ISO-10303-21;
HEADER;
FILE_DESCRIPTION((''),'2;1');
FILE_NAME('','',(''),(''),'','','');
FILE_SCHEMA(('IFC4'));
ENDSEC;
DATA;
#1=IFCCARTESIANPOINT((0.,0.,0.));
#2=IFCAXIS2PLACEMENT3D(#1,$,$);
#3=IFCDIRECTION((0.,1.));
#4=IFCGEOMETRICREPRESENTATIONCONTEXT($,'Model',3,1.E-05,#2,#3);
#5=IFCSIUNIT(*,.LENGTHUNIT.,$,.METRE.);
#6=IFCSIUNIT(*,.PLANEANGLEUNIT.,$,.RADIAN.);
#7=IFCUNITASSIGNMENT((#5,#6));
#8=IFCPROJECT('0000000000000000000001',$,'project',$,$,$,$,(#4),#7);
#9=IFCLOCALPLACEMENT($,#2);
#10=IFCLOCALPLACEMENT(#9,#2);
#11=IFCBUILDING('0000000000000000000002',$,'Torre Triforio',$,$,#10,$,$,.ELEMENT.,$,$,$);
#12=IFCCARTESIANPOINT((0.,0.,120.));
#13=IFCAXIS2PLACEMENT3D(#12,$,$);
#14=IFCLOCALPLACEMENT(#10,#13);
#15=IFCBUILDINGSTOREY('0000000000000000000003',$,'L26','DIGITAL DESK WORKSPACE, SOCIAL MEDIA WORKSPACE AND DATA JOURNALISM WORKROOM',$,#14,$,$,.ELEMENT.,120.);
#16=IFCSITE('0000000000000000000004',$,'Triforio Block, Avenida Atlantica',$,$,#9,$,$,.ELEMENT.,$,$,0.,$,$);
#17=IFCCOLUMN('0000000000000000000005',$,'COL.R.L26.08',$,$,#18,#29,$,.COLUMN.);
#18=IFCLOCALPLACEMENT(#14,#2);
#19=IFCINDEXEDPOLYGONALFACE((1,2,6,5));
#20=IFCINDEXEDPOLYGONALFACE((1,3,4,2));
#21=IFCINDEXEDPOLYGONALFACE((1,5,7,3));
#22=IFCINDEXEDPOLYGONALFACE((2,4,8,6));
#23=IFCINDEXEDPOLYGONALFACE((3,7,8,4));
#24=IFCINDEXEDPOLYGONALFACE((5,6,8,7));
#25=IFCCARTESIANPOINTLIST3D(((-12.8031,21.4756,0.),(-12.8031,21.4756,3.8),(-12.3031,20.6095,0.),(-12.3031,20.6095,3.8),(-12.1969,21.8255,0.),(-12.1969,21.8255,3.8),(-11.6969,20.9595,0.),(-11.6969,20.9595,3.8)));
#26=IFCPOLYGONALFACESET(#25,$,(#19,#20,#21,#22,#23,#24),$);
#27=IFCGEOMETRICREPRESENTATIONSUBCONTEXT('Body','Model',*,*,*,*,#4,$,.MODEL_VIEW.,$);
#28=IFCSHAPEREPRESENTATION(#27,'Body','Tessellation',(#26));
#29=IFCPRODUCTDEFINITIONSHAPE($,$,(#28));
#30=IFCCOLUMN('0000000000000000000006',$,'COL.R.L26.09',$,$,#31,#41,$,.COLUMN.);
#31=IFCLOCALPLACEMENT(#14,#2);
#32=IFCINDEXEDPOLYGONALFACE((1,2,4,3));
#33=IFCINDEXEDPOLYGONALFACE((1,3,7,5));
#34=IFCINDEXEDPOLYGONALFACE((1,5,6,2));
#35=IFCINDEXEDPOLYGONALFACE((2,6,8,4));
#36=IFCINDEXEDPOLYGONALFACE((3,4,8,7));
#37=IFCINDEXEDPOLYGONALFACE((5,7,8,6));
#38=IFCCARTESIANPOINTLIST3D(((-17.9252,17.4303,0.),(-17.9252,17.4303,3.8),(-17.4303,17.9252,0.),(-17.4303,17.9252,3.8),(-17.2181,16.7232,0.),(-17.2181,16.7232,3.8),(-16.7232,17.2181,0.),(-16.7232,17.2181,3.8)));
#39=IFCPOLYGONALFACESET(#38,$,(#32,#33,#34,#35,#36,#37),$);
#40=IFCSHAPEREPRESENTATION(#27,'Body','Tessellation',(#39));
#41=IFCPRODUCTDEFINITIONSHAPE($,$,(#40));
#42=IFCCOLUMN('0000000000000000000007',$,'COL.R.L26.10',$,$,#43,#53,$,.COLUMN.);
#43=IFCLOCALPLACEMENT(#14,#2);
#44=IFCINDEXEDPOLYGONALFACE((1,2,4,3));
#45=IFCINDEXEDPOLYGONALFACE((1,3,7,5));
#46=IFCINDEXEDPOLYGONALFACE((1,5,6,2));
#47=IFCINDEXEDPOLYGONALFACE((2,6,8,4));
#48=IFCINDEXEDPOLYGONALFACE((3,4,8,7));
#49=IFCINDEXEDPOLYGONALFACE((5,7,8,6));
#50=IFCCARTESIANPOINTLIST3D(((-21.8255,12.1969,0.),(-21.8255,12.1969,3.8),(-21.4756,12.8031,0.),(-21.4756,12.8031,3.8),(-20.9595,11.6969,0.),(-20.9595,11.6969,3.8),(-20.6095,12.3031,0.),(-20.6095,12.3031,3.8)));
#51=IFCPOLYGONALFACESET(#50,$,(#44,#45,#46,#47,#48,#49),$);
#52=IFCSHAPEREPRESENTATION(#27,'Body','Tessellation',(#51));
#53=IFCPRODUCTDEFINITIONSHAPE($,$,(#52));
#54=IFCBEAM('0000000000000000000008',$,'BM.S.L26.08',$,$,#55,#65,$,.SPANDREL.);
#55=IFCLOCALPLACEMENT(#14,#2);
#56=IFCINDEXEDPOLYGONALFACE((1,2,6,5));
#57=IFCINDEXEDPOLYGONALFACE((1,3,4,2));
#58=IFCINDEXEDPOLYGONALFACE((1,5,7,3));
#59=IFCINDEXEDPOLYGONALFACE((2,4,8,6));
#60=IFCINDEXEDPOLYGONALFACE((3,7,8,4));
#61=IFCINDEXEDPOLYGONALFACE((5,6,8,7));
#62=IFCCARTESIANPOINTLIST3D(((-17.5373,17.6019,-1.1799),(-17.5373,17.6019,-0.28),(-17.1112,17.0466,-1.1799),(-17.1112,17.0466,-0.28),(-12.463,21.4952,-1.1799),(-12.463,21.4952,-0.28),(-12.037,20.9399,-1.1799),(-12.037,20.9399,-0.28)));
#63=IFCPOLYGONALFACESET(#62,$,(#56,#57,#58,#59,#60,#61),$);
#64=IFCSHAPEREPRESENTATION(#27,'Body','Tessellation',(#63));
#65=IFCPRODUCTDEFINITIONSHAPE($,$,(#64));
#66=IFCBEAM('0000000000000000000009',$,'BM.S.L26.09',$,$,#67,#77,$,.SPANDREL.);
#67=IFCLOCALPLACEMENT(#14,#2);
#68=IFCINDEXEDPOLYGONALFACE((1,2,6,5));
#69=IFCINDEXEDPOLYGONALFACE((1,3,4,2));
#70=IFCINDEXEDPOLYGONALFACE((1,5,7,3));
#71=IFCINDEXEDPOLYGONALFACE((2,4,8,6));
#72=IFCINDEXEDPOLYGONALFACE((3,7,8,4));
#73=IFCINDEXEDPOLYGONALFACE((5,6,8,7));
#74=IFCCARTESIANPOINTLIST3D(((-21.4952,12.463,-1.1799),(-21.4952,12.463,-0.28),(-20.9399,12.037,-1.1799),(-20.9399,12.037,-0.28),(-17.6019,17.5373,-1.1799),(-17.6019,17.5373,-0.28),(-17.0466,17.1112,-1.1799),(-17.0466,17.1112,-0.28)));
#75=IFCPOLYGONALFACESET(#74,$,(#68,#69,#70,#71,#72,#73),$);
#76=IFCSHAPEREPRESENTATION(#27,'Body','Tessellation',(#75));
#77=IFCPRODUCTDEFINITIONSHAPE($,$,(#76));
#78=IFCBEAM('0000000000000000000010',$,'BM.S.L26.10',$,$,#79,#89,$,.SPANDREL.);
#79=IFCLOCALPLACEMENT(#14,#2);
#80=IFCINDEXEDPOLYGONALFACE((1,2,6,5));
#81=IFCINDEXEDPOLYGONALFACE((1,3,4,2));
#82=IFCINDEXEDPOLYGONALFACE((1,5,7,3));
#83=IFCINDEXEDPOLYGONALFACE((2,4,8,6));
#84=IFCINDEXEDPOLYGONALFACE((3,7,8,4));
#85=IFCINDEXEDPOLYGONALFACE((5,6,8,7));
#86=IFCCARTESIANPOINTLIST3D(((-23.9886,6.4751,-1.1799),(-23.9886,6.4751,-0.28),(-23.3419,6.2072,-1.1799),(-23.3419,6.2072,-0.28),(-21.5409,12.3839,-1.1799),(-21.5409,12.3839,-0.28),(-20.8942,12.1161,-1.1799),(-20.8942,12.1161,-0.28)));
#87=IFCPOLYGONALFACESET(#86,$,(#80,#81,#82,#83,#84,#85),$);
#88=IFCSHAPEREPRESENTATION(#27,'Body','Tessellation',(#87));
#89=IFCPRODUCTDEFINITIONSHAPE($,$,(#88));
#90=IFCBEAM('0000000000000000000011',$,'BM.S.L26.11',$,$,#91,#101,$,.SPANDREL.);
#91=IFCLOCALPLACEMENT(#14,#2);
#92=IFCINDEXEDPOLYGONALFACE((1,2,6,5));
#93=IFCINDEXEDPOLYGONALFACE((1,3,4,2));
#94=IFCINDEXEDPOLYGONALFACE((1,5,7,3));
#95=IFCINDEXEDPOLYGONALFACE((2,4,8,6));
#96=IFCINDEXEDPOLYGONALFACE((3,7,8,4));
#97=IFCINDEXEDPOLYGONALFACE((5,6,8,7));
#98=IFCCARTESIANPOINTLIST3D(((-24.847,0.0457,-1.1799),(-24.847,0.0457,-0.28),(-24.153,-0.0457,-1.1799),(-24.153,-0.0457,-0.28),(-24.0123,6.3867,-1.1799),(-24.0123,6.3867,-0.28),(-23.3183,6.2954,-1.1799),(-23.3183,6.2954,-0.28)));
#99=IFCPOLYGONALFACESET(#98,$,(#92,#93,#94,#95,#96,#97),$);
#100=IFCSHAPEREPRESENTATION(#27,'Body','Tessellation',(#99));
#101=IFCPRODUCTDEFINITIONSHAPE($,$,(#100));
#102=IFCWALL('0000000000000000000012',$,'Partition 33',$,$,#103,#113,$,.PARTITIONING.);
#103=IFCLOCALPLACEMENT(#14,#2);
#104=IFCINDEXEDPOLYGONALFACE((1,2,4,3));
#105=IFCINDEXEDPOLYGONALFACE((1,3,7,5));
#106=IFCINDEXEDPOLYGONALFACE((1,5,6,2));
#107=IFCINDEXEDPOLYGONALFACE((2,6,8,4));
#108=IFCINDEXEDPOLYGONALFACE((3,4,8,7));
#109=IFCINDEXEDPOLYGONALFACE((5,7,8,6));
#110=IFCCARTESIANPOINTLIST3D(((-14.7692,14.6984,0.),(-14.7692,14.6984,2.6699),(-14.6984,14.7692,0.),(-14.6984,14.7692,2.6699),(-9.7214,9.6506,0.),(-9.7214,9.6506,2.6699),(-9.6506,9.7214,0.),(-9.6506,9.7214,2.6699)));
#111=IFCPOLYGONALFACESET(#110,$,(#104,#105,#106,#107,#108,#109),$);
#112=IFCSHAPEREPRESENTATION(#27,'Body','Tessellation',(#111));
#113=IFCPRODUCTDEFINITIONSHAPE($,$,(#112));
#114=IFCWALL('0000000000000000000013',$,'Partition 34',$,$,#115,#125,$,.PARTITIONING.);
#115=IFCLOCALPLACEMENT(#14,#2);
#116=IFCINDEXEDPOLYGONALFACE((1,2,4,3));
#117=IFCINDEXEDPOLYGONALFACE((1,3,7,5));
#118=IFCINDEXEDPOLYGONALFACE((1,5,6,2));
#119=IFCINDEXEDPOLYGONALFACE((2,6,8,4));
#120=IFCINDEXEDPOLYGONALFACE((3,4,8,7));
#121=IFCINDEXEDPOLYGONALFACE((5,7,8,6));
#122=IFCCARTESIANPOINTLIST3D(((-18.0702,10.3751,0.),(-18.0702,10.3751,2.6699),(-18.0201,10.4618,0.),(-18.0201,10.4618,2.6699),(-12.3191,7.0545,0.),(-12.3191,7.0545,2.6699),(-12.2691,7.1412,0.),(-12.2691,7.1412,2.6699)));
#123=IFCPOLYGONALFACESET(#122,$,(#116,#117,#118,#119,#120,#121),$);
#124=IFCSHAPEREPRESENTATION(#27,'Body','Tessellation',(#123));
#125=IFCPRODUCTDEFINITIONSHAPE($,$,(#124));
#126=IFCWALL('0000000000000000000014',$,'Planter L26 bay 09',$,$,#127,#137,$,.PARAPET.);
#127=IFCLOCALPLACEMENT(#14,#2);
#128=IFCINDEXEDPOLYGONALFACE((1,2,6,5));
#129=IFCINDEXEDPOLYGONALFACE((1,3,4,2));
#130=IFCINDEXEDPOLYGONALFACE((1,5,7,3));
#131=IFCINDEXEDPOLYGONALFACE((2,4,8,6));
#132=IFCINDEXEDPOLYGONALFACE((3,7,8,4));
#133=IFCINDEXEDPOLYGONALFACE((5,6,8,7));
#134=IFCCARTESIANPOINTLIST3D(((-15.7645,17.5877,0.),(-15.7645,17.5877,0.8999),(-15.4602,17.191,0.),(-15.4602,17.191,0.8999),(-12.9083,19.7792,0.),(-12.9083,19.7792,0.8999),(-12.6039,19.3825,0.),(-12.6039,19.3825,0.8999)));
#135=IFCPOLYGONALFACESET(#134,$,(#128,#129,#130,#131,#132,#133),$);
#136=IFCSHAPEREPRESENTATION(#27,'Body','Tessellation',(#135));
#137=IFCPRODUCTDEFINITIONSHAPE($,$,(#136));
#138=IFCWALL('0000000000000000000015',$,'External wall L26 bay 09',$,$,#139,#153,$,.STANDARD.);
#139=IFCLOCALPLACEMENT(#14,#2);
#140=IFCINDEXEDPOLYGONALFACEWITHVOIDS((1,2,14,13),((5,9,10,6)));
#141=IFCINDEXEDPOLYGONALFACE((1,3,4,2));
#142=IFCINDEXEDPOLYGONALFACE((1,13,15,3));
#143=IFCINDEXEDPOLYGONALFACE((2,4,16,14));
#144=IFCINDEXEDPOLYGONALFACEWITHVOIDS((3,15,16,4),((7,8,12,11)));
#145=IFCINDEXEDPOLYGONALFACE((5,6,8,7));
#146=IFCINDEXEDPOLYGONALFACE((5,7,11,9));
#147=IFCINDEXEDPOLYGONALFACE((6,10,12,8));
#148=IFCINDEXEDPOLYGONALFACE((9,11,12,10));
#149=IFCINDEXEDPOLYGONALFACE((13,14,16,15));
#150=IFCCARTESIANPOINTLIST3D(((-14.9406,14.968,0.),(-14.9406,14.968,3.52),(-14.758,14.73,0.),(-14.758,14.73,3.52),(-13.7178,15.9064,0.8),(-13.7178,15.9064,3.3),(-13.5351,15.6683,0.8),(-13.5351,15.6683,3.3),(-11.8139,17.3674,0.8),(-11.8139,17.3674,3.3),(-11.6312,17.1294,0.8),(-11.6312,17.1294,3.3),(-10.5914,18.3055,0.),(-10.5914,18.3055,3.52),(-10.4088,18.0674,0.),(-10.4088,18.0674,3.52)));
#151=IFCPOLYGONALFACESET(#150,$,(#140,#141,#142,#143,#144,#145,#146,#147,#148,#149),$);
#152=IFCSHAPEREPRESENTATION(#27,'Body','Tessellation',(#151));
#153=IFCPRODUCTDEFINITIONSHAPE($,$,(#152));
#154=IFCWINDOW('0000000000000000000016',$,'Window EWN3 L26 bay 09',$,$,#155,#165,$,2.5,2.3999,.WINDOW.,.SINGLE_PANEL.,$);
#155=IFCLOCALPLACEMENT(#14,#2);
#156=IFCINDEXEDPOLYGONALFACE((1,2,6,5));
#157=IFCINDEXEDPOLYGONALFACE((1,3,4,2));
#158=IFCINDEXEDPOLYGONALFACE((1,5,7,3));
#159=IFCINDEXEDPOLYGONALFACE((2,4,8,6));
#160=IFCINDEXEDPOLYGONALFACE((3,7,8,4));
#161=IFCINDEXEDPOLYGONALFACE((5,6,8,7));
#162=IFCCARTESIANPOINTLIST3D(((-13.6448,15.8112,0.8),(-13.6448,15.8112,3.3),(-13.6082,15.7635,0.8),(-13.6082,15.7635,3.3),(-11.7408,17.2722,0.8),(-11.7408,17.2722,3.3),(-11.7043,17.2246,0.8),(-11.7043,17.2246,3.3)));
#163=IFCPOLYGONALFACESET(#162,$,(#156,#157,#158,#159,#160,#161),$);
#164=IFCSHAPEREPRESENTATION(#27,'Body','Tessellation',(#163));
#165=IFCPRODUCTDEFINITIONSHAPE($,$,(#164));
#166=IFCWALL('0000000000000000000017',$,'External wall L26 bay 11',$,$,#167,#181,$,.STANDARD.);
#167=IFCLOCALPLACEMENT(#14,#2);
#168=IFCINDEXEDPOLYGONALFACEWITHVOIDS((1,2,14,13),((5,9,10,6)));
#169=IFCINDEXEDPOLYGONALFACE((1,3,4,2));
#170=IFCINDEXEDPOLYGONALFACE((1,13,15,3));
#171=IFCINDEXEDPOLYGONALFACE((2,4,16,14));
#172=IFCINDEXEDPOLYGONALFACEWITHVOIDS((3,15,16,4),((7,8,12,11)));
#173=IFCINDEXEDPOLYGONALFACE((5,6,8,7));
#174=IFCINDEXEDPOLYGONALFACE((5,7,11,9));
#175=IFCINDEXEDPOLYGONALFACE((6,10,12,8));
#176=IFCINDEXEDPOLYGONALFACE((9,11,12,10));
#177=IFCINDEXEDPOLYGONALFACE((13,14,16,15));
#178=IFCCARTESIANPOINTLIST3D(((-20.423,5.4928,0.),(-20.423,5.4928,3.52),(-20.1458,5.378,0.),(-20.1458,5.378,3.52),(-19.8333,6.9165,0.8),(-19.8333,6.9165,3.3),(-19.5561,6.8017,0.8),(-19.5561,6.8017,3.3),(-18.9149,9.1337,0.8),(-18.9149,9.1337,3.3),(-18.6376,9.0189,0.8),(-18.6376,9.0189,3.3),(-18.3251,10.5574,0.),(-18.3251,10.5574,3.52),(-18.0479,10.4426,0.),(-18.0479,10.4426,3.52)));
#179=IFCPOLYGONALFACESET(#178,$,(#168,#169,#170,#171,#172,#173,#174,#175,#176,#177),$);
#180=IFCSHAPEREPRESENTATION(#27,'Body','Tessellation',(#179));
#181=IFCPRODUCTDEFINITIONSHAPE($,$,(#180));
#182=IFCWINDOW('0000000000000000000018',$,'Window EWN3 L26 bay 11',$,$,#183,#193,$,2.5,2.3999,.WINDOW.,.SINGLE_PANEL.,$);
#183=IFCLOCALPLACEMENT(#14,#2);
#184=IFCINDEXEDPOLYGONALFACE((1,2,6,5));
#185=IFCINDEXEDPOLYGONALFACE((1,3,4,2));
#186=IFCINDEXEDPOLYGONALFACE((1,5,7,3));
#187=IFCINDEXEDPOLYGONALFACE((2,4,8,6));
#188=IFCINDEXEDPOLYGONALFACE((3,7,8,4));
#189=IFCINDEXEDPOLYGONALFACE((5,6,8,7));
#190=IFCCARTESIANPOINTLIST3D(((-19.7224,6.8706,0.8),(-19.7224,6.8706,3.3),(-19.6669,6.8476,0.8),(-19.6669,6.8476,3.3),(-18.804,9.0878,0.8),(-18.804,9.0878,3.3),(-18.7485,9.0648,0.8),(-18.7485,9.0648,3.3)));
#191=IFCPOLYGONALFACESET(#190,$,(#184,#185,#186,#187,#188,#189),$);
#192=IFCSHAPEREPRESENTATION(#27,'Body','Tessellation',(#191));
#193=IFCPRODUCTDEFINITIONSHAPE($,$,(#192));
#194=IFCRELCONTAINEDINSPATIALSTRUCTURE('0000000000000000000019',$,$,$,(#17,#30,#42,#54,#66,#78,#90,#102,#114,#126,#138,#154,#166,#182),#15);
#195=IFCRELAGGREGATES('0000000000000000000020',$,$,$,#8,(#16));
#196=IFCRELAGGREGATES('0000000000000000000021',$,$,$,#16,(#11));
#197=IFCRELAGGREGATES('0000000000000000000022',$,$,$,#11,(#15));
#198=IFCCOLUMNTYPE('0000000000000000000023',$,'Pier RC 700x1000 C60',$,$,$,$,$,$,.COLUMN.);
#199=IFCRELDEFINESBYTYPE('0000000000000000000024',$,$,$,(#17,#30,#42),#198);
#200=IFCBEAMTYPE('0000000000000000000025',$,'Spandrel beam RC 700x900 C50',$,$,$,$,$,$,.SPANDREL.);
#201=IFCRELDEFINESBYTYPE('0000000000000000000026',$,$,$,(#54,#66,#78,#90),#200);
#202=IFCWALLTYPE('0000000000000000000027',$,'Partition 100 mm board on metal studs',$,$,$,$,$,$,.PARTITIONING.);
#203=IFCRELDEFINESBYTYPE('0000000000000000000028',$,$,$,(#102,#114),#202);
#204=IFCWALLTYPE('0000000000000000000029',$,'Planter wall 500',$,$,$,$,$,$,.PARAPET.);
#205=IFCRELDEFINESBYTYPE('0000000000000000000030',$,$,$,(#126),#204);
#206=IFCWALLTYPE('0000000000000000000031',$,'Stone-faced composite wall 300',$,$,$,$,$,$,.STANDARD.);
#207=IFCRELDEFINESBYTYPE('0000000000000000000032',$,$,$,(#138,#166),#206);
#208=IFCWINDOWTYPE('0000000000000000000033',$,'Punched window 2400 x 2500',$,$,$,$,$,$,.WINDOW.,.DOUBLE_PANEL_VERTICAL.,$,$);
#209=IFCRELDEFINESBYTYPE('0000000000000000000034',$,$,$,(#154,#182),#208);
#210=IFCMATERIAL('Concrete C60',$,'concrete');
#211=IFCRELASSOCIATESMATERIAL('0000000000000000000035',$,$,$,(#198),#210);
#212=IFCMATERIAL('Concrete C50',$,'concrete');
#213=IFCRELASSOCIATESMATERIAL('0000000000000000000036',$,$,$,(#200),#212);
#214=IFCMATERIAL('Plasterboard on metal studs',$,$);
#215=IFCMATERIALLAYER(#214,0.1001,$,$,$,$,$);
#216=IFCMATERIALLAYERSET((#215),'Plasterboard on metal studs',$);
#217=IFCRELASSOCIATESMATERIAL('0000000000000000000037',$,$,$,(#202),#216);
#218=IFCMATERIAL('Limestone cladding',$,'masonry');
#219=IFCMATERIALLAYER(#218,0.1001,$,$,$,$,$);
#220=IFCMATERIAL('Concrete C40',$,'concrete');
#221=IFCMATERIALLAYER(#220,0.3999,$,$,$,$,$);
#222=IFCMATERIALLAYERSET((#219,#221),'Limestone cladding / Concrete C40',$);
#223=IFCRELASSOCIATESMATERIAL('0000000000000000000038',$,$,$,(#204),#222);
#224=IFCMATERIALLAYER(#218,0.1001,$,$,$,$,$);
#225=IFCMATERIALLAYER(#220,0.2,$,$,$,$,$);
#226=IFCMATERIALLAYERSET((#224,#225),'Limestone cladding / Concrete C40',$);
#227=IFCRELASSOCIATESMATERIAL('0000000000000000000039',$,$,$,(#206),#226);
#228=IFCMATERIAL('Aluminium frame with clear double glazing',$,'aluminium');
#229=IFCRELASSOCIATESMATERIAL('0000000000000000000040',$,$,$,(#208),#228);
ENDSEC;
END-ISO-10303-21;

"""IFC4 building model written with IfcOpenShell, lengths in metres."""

from ifc_helpers import new_model, si_unit, direction, frame, frame_2d, origin, origin_2d, place, context, subcontext, project, spatial, rectangle, extrude, material, layer, layer_set, material_profile, profile_set, type_object, element, fill, save


model = new_model("IFC4")

# Units and contexts
model_context = context("Model", 3, precision=1e-05, world=origin(), true_north=direction((0.0, 1.0)))
body_context = subcontext(model_context, "Body", "Model", "MODEL_VIEW")
ifc_project = project(units=[si_unit("LENGTHUNIT", "METRE"), si_unit("PLANEANGLEUNIT", "RADIAN")], contexts=[model_context])

# Site, building, storey
site_placement = place(None, origin())
site = spatial("IfcSite", under=ifc_project, at=site_placement, Name="Triforio Block, Avenida Atlantica", CompositionType="ELEMENT", RefElevation=0.0)
building_placement = place(site_placement, origin())
building = spatial("IfcBuilding", under=site, at=building_placement, Name="Torre Triforio", CompositionType="ELEMENT")
storey_placement = place(building_placement, frame((0.0, 0.0, 120.0)))
storey = spatial("IfcBuildingStorey", under=building, at=storey_placement, Name="L26", Description="DIGITAL DESK WORKSPACE, SOCIAL MEDIA WORKSPACE AND DATA JOURNALISM WORKROOM", CompositionType="ELEMENT", Elevation=120.0)

# Columns
ifc_material_1 = material(Name="Concrete C60", Category="concrete")
ifc_material_profile_1 = material_profile(ifc_material_1, rectangle(XDim=0.7, YDim=1.0, at=origin_2d()), Name="RC 700x1000")
ifc_profile_set_1 = profile_set([ifc_material_profile_1], Name="Concrete C60")
column_type = type_object("IfcColumnType", Name="Pier RC 700x1000 C60", PredefinedType="COLUMN", material=ifc_profile_set_1)
for number, where, z_axis, x_axis, name in (
    (1, (-12.25, 21.2175, 0.0), (0.0, 0.0, 1.0), (-0.866025, -0.5, 0.0), "COL.R.L26.08"),
    (2, (-17.3242, 17.3242, 0.0), (0.0, 0.0, 1.0), (-0.707107, -0.707107, 0.0), "COL.R.L26.09"),
    (3, (-21.2175, 12.25, 0.0), (0.0, 0.0, 1.0), (-0.5, -0.866025, 0.0), "COL.R.L26.10"),
):
    element("IfcColumn", number, at=place(storey_placement, frame(where, z_axis=z_axis, x_axis=x_axis)), inside=storey, type_object=column_type, Name=name, PredefinedType="COLUMN", context=body_context, shape_type="SweptSolid", body=[
        extrude(rectangle(XDim=0.7, YDim=1.0, at=origin_2d()), origin(), (0.0, 0.0, 1.0), 3.8),
    ])

# Beams
ifc_material_2 = material(Name="Concrete C50", Category="concrete")
ifc_material_profile_2 = material_profile(ifc_material_2, rectangle(XDim=0.7, YDim=0.8999, at=origin_2d()), Name="RC 700x900")
ifc_profile_set_2 = profile_set([ifc_material_profile_2], Name="Concrete C50")
beam_type = type_object("IfcBeamType", Name="Spandrel beam RC 700x900 C50", PredefinedType="SPANDREL", material=ifc_profile_set_2)
for number, where, z_axis, x_axis, name in (
    (4, (-12.25, 21.2175, -0.73), (-0.793374, -0.608734, 0.0), (0.608734, -0.793374, 0.0), "BM.S.L26.08"),
    (5, (-17.3242, 17.3242, -0.73), (-0.608734, -0.793374, 0.0), (0.793374, -0.608734, 0.0), "BM.S.L26.09"),
    (6, (-21.2175, 12.25, -0.73), (-0.382709, -0.923869, 0.0), (0.923869, -0.382709, 0.0), "BM.S.L26.10"),
    (7, (-23.6653, 6.3411, -0.73), (-0.130511, -0.991447, 0.0), (0.991447, -0.130511, 0.0), "BM.S.L26.11"),
):
    element("IfcBeam", number, at=place(storey_placement, frame(where, z_axis=z_axis, x_axis=x_axis)), inside=storey, type_object=beam_type, Name=name, PredefinedType="SPANDREL", context=body_context, shape_type="SweptSolid", body=[
        extrude(rectangle(XDim=0.7, YDim=0.8999, at=origin_2d()), origin(), (0.0, 0.0, 1.0), 6.3958),
    ])

# Walls
ifc_material_3 = material(Name="Plasterboard on metal studs")
ifc_layer_1 = layer(ifc_material_3, 0.1001)
ifc_layer_set_1 = layer_set([ifc_layer_1], Name="Plasterboard on metal studs")
wall_type_1 = type_object("IfcWallType", Name="Partition 100 mm board on metal studs", PredefinedType="PARTITIONING", material=ifc_layer_set_1)
wall_1_placement = place(storey_placement, frame((-9.686, 9.686, 0.0), z_axis=(0.0, 0.0, 1.0), x_axis=(-0.707107, 0.707107, 0.0)))
element("IfcWall", 8, at=wall_1_placement, inside=storey, type_object=wall_type_1, Name="Partition 33", PredefinedType="PARTITIONING", context=body_context, shape_type="SweptSolid", body=[
    extrude(rectangle(XDim=7.1387, YDim=0.1001, at=frame_2d((3.5693, 0.0))), origin(), (0.0, 0.0, 1.0), 2.6699),
])
wall_2_placement = place(storey_placement, frame((-12.2942, 7.0979, 0.0), z_axis=(0.0, 0.0, 1.0), x_axis=(-0.86601, 0.500026, 0.0)))
element("IfcWall", 9, at=wall_2_placement, inside=storey, type_object=wall_type_1, Name="Partition 34", PredefinedType="PARTITIONING", context=body_context, shape_type="SweptSolid", body=[
    extrude(rectangle(XDim=6.6409, YDim=0.1001, at=frame_2d((3.3203, 0.0))), origin(), (0.0, 0.0, 1.0), 2.6699),
])
ifc_material_4 = material(Name="Limestone cladding", Category="masonry")
ifc_layer_2 = layer(ifc_material_4, 0.1001)
ifc_material_5 = material(Name="Concrete C40", Category="concrete")
ifc_layer_3 = layer(ifc_material_5, 0.3999)
ifc_layer_set_2 = layer_set([ifc_layer_2, ifc_layer_3], Name="Limestone cladding / Concrete C40")
wall_type_2 = type_object("IfcWallType", Name="Planter wall 500", PredefinedType="PARAPET", material=ifc_layer_set_2)
wall_3_placement = place(storey_placement, frame((-12.7561, 19.5808, 0.0), z_axis=(0.0, 0.0, 1.0), x_axis=(-0.793385, -0.608721, 0.0)))
element("IfcWall", 10, at=wall_3_placement, inside=storey, type_object=wall_type_2, Name="Planter L26 bay 09", PredefinedType="PARAPET", context=body_context, shape_type="SweptSolid", body=[
    extrude(rectangle(XDim=3.6001, YDim=0.5, at=frame_2d((1.8, 0.0))), origin(), (0.0, 0.0, 1.0), 0.8999),
])

# Wall, opening, window
ifc_layer_4 = layer(ifc_material_4, 0.1001)
ifc_layer_5 = layer(ifc_material_5, 0.2)
ifc_layer_set_3 = layer_set([ifc_layer_4, ifc_layer_5], Name="Limestone cladding / Concrete C40")
wall_type_3 = type_object("IfcWallType", Name="Stone-faced composite wall 300", PredefinedType="STANDARD", material=ifc_layer_set_3)
wall_4_placement = place(storey_placement, frame((-10.5, 18.1865, 0.0), z_axis=(0.0, 0.0, 1.0), x_axis=(-0.793335, -0.608785, 0.0)))
wall_4 = element("IfcWall", 11, at=wall_4_placement, inside=storey, type_object=wall_type_3, Name="External wall L26 bay 09", PredefinedType="STANDARD", context=body_context, shape_type="SweptSolid", body=[
    extrude(rectangle(XDim=5.4822, YDim=0.3, at=frame_2d((2.7412, 0.0))), origin(), (0.0, 0.0, 1.0), 3.52),
])
opening_1_placement = place(wall_4_placement, frame((1.541, 0.0, 0.8)))
opening_1 = element("IfcOpeningElement", 12, at=opening_1_placement, cuts=wall_4, PredefinedType="OPENING", context=body_context, shape_type="SweptSolid", body=[
    extrude(rectangle(XDim=2.3999, YDim=2.5, at=frame_2d((1.2, 1.25))), frame((0.0, 0.1599, 0.0), z_axis=(0.0, -1.0, 0.0), x_axis=(1.0, 0.0, 0.0)), (0.0, 0.0, 1.0), 0.3201),
])
ifc_material_6 = material(Name="Aluminium frame with clear double glazing", Category="aluminium")
window_type_1 = type_object("IfcWindowType", Name="Punched window 2400 x 2500", PartitioningType="DOUBLE_PANEL_VERTICAL", PredefinedType="WINDOW", material=ifc_material_6)
window_1_placement = place(opening_1_placement, origin())
window_1 = element("IfcWindow", 13, at=window_1_placement, inside=storey, type_object=window_type_1, Name="Window EWN3 L26 bay 09", OverallHeight=2.5, OverallWidth=2.3999, PartitioningType="SINGLE_PANEL", PredefinedType="WINDOW", context=body_context, shape_type="SweptSolid", body=[
    extrude(rectangle(XDim=2.3999, YDim=2.5, at=frame_2d((1.2, 1.25))), frame((0.0, 0.03, 0.0), z_axis=(0.0, -1.0, 0.0), x_axis=(1.0, 0.0, 0.0)), (0.0, 0.0, 1.0), 0.0601),
])
fill(opening_1, window_1)

# Wall, opening, window
wall_5_placement = place(storey_placement, frame((-18.1865, 10.5, 0.0), z_axis=(0.0, 0.0, 1.0), x_axis=(-0.382689, -0.923877, 0.0)))
wall_5 = element("IfcWall", 14, at=wall_5_placement, inside=storey, type_object=wall_type_3, Name="External wall L26 bay 11", PredefinedType="STANDARD", context=body_context, shape_type="SweptSolid", body=[
    extrude(rectangle(XDim=5.4819, YDim=0.3, at=frame_2d((2.741, 0.0))), origin(), (0.0, 0.0, 1.0), 3.52),
])
opening_2_placement = place(wall_5_placement, frame((1.541, 0.0, 0.8)))
opening_2 = element("IfcOpeningElement", 15, at=opening_2_placement, cuts=wall_5, PredefinedType="OPENING", context=body_context, shape_type="SweptSolid", body=[
    extrude(rectangle(XDim=2.3999, YDim=2.5, at=frame_2d((1.2, 1.25))), frame((0.0, 0.1599, 0.0), z_axis=(0.0, -1.0, 0.0), x_axis=(1.0, 0.0, 0.0)), (0.0, 0.0, 1.0), 0.3201),
])
window_2_placement = place(opening_2_placement, origin())
window_2 = element("IfcWindow", 16, at=window_2_placement, inside=storey, type_object=window_type_1, Name="Window EWN3 L26 bay 11", OverallHeight=2.5, OverallWidth=2.3999, PartitioningType="SINGLE_PANEL", PredefinedType="WINDOW", context=body_context, shape_type="SweptSolid", body=[
    extrude(rectangle(XDim=2.3999, YDim=2.5, at=frame_2d((1.2, 1.25))), frame((0.0, 0.03, 0.0), z_axis=(0.0, -1.0, 0.0), x_axis=(1.0, 0.0, 0.0)), (0.0, 0.0, 1.0), 0.0601),
])
fill(opening_2, window_2)

save(model, "model.ifc")
